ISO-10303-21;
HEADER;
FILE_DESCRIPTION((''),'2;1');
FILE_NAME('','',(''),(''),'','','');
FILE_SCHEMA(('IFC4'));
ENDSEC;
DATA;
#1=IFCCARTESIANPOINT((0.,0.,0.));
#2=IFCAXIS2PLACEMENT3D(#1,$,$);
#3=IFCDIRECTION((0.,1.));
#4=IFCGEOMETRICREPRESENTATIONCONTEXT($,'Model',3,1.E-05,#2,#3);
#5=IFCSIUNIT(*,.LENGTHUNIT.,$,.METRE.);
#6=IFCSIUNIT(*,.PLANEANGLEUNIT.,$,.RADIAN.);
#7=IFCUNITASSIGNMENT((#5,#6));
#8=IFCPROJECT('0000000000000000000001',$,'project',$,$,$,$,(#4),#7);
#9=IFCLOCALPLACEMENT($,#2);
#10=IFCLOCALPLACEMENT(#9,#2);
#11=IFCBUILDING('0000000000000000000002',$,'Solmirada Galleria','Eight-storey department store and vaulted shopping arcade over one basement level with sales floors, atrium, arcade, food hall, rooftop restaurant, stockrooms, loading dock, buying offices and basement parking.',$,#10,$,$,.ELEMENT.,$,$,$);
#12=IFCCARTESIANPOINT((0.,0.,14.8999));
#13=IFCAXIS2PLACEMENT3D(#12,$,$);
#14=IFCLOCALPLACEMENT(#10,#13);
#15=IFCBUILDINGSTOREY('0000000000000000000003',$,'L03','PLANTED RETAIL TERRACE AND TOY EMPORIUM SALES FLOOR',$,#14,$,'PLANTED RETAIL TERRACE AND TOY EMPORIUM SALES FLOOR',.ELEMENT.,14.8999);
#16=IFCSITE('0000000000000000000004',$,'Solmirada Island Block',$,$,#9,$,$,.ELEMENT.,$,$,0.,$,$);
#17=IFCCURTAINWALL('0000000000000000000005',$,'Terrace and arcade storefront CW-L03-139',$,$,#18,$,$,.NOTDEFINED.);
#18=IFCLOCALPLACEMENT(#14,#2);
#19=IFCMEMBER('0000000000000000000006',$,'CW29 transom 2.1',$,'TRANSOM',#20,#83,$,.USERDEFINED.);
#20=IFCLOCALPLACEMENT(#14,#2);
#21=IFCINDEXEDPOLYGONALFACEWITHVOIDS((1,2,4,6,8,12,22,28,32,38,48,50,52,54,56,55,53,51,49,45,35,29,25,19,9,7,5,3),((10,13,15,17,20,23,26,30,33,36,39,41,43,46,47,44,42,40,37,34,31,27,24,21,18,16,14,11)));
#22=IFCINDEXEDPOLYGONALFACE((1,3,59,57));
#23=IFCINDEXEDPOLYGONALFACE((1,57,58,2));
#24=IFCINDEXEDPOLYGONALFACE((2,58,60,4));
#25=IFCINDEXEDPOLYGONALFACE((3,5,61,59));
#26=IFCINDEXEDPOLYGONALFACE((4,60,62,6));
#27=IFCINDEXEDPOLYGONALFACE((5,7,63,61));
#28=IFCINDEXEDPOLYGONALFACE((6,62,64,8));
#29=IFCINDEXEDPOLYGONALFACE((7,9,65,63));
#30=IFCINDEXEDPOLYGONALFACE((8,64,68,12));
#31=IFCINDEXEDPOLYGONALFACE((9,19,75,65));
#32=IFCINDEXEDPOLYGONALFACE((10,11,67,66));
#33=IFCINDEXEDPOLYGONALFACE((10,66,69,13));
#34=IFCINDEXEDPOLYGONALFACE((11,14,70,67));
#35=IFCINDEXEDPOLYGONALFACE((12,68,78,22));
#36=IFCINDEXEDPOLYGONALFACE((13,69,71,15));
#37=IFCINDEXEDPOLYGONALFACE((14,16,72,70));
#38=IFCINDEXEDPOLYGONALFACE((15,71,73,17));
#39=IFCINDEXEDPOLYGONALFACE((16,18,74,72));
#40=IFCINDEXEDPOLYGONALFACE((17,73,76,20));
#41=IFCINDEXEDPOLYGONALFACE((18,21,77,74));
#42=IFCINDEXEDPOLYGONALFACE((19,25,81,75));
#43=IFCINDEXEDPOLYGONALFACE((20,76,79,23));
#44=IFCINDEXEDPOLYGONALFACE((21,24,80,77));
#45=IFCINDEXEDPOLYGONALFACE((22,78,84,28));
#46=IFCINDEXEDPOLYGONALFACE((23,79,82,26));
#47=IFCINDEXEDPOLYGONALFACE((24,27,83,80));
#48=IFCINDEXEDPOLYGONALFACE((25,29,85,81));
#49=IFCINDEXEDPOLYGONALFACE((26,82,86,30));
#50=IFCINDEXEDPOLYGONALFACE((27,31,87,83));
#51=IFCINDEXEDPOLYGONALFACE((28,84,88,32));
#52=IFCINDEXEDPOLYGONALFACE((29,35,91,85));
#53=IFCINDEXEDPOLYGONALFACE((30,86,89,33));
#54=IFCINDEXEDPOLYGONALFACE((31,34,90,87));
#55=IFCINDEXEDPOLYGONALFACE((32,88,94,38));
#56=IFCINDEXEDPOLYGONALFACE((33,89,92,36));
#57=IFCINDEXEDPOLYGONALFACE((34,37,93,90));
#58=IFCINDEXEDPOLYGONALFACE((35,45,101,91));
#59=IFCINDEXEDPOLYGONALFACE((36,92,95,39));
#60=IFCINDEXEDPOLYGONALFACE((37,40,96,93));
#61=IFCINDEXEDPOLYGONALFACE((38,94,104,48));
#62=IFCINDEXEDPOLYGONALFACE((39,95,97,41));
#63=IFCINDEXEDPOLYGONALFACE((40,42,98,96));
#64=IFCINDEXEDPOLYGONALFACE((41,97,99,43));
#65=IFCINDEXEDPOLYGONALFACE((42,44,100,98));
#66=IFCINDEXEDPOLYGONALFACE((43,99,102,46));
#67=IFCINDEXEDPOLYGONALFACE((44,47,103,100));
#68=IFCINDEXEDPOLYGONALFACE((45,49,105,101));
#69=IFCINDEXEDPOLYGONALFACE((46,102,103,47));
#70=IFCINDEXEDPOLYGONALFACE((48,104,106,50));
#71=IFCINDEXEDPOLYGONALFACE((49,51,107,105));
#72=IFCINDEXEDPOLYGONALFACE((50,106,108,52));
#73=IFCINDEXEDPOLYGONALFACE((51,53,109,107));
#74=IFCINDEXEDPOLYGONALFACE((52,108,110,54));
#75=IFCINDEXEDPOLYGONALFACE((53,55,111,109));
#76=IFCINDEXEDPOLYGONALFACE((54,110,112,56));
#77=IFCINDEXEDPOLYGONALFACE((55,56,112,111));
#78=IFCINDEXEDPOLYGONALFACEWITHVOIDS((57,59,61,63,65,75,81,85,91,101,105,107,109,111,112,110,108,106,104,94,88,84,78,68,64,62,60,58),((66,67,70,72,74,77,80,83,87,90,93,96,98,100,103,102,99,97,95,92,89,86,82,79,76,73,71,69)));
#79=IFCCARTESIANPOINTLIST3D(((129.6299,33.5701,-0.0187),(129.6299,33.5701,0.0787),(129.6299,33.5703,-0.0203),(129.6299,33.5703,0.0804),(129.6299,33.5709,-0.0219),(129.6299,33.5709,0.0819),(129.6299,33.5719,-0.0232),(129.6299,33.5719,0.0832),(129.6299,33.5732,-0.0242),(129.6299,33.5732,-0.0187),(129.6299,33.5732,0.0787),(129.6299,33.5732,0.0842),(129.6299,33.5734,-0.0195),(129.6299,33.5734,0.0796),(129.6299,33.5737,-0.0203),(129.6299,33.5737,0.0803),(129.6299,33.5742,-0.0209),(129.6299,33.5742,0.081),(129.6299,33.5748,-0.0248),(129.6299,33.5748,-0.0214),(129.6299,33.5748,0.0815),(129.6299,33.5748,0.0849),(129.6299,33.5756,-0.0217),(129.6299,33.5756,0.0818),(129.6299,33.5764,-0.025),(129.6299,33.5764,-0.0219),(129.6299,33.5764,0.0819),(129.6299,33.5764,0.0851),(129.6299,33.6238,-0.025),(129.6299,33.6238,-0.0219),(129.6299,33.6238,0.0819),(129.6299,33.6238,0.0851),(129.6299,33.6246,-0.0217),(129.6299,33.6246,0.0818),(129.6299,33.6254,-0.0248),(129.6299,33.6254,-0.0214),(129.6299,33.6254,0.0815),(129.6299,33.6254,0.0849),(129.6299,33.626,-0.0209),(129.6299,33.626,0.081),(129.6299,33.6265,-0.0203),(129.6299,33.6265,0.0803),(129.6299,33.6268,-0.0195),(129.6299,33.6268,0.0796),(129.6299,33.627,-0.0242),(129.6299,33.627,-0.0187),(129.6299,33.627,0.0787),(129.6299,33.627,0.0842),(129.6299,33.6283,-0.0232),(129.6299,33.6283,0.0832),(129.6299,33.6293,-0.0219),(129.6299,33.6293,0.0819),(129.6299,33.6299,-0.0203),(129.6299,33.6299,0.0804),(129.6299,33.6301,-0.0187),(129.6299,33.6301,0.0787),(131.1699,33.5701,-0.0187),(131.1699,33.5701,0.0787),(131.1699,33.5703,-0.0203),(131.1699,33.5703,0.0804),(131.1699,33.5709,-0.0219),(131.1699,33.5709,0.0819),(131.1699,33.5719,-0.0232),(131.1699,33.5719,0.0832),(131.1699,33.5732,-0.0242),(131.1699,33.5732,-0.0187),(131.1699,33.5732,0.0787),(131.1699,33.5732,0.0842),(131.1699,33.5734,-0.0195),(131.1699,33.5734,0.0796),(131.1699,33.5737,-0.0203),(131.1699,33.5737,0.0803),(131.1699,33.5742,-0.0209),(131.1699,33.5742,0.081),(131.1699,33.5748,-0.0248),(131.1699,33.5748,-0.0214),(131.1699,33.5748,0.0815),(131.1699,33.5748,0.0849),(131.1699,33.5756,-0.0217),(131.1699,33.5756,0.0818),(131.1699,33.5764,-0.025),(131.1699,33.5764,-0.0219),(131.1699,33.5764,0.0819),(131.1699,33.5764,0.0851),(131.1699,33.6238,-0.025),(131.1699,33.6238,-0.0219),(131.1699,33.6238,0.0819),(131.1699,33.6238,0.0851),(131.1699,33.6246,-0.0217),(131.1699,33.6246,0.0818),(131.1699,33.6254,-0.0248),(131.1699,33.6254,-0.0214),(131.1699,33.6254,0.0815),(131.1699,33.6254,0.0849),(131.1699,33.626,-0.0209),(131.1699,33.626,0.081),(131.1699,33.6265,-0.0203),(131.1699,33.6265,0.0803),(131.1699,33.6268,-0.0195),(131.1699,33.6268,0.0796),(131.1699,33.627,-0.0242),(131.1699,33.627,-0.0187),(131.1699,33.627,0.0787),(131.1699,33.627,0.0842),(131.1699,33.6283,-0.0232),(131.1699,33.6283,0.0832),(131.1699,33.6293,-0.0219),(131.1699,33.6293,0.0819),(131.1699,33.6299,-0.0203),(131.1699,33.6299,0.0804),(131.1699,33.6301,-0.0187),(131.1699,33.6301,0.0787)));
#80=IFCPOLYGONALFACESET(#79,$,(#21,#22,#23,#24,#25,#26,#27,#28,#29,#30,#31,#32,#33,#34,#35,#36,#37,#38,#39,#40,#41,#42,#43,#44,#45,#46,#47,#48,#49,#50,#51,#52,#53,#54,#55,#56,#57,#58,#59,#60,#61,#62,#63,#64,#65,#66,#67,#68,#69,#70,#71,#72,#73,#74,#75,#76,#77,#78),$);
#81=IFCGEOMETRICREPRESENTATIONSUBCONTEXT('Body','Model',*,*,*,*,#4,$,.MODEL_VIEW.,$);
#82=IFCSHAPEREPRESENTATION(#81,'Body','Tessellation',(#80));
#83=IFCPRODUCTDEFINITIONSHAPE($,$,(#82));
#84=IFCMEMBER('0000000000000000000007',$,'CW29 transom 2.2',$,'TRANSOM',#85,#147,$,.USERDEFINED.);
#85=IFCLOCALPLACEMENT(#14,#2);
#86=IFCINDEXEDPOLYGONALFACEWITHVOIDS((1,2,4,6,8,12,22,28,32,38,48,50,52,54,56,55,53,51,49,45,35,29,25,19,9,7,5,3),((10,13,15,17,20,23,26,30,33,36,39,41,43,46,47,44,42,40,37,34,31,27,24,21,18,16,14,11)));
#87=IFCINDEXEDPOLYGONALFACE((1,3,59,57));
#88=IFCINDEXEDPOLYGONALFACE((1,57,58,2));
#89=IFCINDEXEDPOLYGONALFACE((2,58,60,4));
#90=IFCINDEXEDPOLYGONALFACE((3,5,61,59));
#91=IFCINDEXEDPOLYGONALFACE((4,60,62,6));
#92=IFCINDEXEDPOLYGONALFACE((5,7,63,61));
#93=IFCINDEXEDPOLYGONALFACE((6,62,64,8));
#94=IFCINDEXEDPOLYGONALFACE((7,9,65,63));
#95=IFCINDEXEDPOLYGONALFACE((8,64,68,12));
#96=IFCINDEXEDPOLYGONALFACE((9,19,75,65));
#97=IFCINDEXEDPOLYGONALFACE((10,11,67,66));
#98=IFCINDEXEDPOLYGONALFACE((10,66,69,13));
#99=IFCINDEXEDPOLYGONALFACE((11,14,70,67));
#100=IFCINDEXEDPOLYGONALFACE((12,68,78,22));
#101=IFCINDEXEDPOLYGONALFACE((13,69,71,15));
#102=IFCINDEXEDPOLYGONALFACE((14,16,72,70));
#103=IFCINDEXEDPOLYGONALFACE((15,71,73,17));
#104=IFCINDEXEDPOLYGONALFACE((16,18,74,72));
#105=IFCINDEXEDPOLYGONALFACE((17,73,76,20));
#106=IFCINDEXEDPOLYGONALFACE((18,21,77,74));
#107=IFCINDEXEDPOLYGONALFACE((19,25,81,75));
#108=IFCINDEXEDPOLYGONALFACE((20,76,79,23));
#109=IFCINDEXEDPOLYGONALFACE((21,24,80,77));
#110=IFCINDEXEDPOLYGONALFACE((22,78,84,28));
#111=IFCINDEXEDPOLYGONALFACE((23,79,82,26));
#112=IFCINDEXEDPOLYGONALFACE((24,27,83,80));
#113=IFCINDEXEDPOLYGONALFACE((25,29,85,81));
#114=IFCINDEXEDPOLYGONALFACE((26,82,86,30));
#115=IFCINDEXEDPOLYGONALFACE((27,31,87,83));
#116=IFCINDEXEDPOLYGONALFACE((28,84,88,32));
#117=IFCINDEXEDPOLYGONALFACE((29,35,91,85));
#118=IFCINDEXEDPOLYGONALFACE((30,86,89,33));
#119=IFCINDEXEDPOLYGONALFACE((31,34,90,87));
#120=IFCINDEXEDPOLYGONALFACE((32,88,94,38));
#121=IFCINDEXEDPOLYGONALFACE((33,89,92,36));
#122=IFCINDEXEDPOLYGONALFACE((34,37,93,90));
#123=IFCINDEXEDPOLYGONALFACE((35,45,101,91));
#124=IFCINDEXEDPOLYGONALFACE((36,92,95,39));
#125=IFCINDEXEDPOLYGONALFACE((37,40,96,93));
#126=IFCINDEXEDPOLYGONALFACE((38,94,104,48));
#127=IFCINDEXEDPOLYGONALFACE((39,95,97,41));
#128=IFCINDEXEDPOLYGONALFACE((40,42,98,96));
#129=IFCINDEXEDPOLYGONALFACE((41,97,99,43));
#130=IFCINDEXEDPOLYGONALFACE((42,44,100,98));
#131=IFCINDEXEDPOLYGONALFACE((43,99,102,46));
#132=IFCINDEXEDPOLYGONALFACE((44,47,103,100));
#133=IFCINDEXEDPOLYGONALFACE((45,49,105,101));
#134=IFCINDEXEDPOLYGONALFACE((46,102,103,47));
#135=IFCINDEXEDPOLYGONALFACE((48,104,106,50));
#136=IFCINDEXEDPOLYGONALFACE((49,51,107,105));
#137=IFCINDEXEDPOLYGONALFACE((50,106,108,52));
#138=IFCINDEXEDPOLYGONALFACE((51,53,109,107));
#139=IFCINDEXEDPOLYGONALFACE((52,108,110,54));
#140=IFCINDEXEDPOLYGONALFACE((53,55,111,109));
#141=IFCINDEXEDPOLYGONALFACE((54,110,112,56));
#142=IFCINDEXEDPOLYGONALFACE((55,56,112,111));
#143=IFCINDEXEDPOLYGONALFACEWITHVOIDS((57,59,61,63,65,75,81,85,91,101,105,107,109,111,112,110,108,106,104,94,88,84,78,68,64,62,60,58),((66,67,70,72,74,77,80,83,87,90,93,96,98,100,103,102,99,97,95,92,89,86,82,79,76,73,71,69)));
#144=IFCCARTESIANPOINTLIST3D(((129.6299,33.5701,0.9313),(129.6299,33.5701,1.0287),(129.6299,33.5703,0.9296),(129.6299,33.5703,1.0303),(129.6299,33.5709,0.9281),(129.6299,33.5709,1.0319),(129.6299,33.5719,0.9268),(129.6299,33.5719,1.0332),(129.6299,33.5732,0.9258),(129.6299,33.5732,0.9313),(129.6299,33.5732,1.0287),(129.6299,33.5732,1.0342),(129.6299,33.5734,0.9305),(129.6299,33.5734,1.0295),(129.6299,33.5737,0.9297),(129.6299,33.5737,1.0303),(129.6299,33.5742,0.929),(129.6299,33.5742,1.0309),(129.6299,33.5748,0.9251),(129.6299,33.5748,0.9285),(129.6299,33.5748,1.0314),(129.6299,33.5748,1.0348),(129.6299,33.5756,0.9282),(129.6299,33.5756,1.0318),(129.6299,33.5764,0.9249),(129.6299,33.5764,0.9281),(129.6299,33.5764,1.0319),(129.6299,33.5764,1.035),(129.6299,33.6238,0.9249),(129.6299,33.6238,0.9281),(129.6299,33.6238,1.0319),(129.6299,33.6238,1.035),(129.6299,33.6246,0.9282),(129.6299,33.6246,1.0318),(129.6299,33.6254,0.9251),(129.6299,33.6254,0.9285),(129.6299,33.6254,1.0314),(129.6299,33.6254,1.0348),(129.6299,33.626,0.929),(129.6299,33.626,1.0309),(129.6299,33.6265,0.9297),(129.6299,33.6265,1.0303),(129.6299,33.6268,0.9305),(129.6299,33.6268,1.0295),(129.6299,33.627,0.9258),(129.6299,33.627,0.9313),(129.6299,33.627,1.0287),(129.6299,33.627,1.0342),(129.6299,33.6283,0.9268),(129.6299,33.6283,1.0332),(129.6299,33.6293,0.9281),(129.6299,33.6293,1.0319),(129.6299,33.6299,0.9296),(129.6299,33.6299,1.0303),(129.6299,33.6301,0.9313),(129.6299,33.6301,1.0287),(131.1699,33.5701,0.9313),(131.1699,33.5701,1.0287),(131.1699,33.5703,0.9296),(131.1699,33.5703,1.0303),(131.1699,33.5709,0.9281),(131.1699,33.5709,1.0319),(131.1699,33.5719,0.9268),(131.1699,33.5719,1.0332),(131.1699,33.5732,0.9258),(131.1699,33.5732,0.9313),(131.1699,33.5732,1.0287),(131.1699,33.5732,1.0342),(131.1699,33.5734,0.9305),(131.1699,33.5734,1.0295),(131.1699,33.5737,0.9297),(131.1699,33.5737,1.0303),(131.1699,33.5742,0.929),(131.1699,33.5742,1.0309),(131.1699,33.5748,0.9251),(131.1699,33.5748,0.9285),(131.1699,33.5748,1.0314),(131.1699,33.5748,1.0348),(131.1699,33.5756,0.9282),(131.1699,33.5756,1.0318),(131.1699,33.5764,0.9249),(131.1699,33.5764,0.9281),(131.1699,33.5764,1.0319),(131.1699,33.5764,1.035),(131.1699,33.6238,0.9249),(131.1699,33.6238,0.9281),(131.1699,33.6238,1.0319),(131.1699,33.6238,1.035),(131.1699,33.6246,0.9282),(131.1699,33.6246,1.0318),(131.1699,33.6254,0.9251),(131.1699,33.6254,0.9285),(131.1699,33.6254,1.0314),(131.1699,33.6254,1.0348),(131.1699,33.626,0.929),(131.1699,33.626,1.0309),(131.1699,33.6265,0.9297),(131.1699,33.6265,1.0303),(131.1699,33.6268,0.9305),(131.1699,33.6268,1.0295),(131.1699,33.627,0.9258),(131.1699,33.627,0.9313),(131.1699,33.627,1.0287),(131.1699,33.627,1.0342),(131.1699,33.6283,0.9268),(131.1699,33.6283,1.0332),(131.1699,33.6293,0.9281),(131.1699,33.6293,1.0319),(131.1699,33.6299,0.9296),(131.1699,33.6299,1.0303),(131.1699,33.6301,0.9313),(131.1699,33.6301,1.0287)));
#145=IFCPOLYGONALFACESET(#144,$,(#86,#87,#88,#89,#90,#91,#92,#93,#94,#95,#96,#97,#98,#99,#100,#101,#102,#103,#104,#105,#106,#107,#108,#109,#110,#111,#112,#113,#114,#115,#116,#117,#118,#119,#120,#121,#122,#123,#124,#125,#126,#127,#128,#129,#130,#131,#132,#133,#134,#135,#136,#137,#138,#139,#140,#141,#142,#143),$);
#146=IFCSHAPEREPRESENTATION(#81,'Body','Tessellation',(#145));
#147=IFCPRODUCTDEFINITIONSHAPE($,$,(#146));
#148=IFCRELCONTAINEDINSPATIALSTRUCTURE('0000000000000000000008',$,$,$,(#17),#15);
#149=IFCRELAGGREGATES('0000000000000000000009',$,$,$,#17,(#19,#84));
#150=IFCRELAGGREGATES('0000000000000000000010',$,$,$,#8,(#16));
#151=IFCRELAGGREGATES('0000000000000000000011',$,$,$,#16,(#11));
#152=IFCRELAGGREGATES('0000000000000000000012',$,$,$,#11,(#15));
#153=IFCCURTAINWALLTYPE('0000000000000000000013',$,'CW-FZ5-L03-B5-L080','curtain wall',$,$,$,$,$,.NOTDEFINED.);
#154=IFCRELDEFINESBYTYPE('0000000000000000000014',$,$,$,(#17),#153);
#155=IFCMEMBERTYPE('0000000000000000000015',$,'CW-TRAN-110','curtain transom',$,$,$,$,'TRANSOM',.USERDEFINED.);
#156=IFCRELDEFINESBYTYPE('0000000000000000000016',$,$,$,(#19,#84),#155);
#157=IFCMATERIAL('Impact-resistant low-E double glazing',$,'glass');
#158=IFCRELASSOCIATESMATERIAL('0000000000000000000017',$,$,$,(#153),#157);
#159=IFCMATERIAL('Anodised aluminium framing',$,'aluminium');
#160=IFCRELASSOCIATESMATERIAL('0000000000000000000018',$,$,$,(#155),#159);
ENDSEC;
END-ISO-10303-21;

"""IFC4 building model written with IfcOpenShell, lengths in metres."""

from ifc_helpers import new_model, si_unit, direction, frame, origin, origin_2d, place, context, subcontext, project, spatial, hollow_rectangle, extrude, material, material_profile, profile_set, type_object, element, aggregate, save


model = new_model("IFC4")

# Units and contexts
model_context = context("Model", 3, precision=1e-05, world=origin(), true_north=direction((0.0, 1.0)))
body_context = subcontext(model_context, "Body", "Model", "MODEL_VIEW")
ifc_project = project(units=[si_unit("LENGTHUNIT", "METRE"), si_unit("PLANEANGLEUNIT", "RADIAN")], contexts=[model_context])

# Site, building, storey
site_placement = place(None, origin())
site = spatial("IfcSite", under=ifc_project, at=site_placement, Name="Solmirada Island Block", CompositionType="ELEMENT", RefElevation=0.0)
building_placement = place(site_placement, origin())
building = spatial("IfcBuilding", under=site, at=building_placement, Name="Solmirada Galleria", Description="Eight-storey department store and vaulted shopping arcade over one basement level with sales floors, atrium, arcade, food hall, rooftop restaurant, stockrooms, loading dock, buying offices and basement parking.", CompositionType="ELEMENT")
storey_placement = place(building_placement, frame((0.0, 0.0, 14.8999)))
storey = spatial("IfcBuildingStorey", under=building, at=storey_placement, Name="L03", Description="PLANTED RETAIL TERRACE AND TOY EMPORIUM SALES FLOOR", LongName="PLANTED RETAIL TERRACE AND TOY EMPORIUM SALES FLOOR", CompositionType="ELEMENT", Elevation=14.8999)

# Curtain wall, members
ifc_material_1 = material(Name="Impact-resistant low-E double glazing", Category="glass")
curtain_wall_type = type_object("IfcCurtainWallType", Name="CW-FZ5-L03-B5-L080", Description="curtain wall", PredefinedType="NOTDEFINED", material=ifc_material_1)
curtain_wall_placement = place(storey_placement, origin())
curtain_wall = element("IfcCurtainWall", 1, at=curtain_wall_placement, inside=storey, type_object=curtain_wall_type, Name="Terrace and arcade storefront CW-L03-139", PredefinedType="NOTDEFINED")
ifc_material_2 = material(Name="Anodised aluminium framing", Category="aluminium")
ifc_material_profile_1 = material_profile(ifc_material_2, hollow_rectangle(XDim=0.0601, YDim=0.1101, WallThickness=0.0032, InnerFilletRadius=0.0032, OuterFilletRadius=0.0063, at=origin_2d()), Name="ALU-TRAN-110X60")
ifc_profile_set_1 = profile_set([ifc_material_profile_1], Name="Anodised aluminium framing")
member_type_1 = type_object("IfcMemberType", Name="CW-TRAN-110", Description="curtain transom", ElementType="TRANSOM", PredefinedType="USERDEFINED", material=ifc_profile_set_1)
member_1_placement = place(storey_placement, frame((129.6299, 33.6001, 0.03), z_axis=(1.0, 0.0, 0.0), x_axis=(0.0, 1.0, 0.0)))
member_1 = element("IfcMember", 2, at=member_1_placement, type_object=member_type_1, Name="CW29 transom 2.1", ObjectType="TRANSOM", PredefinedType="USERDEFINED", context=body_context, shape_type="SweptSolid", body=[
    extrude(hollow_rectangle(XDim=0.0601, YDim=0.1101, WallThickness=0.0032, InnerFilletRadius=0.0032, OuterFilletRadius=0.0063, at=origin_2d()), origin(), (0.0, 0.0, 1.0), 1.54),
])
member_2_placement = place(storey_placement, frame((129.6299, 33.6001, 0.98), z_axis=(1.0, 0.0, 0.0), x_axis=(0.0, 1.0, 0.0)))
member_2 = element("IfcMember", 3, at=member_2_placement, type_object=member_type_1, Name="CW29 transom 2.2", ObjectType="TRANSOM", PredefinedType="USERDEFINED", context=body_context, shape_type="SweptSolid", body=[
    extrude(hollow_rectangle(XDim=0.0601, YDim=0.1101, WallThickness=0.0032, InnerFilletRadius=0.0032, OuterFilletRadius=0.0063, at=origin_2d()), origin(), (0.0, 0.0, 1.0), 1.54),
])
aggregate(curtain_wall, [member_1, member_2])

save(model, "model.ifc")
